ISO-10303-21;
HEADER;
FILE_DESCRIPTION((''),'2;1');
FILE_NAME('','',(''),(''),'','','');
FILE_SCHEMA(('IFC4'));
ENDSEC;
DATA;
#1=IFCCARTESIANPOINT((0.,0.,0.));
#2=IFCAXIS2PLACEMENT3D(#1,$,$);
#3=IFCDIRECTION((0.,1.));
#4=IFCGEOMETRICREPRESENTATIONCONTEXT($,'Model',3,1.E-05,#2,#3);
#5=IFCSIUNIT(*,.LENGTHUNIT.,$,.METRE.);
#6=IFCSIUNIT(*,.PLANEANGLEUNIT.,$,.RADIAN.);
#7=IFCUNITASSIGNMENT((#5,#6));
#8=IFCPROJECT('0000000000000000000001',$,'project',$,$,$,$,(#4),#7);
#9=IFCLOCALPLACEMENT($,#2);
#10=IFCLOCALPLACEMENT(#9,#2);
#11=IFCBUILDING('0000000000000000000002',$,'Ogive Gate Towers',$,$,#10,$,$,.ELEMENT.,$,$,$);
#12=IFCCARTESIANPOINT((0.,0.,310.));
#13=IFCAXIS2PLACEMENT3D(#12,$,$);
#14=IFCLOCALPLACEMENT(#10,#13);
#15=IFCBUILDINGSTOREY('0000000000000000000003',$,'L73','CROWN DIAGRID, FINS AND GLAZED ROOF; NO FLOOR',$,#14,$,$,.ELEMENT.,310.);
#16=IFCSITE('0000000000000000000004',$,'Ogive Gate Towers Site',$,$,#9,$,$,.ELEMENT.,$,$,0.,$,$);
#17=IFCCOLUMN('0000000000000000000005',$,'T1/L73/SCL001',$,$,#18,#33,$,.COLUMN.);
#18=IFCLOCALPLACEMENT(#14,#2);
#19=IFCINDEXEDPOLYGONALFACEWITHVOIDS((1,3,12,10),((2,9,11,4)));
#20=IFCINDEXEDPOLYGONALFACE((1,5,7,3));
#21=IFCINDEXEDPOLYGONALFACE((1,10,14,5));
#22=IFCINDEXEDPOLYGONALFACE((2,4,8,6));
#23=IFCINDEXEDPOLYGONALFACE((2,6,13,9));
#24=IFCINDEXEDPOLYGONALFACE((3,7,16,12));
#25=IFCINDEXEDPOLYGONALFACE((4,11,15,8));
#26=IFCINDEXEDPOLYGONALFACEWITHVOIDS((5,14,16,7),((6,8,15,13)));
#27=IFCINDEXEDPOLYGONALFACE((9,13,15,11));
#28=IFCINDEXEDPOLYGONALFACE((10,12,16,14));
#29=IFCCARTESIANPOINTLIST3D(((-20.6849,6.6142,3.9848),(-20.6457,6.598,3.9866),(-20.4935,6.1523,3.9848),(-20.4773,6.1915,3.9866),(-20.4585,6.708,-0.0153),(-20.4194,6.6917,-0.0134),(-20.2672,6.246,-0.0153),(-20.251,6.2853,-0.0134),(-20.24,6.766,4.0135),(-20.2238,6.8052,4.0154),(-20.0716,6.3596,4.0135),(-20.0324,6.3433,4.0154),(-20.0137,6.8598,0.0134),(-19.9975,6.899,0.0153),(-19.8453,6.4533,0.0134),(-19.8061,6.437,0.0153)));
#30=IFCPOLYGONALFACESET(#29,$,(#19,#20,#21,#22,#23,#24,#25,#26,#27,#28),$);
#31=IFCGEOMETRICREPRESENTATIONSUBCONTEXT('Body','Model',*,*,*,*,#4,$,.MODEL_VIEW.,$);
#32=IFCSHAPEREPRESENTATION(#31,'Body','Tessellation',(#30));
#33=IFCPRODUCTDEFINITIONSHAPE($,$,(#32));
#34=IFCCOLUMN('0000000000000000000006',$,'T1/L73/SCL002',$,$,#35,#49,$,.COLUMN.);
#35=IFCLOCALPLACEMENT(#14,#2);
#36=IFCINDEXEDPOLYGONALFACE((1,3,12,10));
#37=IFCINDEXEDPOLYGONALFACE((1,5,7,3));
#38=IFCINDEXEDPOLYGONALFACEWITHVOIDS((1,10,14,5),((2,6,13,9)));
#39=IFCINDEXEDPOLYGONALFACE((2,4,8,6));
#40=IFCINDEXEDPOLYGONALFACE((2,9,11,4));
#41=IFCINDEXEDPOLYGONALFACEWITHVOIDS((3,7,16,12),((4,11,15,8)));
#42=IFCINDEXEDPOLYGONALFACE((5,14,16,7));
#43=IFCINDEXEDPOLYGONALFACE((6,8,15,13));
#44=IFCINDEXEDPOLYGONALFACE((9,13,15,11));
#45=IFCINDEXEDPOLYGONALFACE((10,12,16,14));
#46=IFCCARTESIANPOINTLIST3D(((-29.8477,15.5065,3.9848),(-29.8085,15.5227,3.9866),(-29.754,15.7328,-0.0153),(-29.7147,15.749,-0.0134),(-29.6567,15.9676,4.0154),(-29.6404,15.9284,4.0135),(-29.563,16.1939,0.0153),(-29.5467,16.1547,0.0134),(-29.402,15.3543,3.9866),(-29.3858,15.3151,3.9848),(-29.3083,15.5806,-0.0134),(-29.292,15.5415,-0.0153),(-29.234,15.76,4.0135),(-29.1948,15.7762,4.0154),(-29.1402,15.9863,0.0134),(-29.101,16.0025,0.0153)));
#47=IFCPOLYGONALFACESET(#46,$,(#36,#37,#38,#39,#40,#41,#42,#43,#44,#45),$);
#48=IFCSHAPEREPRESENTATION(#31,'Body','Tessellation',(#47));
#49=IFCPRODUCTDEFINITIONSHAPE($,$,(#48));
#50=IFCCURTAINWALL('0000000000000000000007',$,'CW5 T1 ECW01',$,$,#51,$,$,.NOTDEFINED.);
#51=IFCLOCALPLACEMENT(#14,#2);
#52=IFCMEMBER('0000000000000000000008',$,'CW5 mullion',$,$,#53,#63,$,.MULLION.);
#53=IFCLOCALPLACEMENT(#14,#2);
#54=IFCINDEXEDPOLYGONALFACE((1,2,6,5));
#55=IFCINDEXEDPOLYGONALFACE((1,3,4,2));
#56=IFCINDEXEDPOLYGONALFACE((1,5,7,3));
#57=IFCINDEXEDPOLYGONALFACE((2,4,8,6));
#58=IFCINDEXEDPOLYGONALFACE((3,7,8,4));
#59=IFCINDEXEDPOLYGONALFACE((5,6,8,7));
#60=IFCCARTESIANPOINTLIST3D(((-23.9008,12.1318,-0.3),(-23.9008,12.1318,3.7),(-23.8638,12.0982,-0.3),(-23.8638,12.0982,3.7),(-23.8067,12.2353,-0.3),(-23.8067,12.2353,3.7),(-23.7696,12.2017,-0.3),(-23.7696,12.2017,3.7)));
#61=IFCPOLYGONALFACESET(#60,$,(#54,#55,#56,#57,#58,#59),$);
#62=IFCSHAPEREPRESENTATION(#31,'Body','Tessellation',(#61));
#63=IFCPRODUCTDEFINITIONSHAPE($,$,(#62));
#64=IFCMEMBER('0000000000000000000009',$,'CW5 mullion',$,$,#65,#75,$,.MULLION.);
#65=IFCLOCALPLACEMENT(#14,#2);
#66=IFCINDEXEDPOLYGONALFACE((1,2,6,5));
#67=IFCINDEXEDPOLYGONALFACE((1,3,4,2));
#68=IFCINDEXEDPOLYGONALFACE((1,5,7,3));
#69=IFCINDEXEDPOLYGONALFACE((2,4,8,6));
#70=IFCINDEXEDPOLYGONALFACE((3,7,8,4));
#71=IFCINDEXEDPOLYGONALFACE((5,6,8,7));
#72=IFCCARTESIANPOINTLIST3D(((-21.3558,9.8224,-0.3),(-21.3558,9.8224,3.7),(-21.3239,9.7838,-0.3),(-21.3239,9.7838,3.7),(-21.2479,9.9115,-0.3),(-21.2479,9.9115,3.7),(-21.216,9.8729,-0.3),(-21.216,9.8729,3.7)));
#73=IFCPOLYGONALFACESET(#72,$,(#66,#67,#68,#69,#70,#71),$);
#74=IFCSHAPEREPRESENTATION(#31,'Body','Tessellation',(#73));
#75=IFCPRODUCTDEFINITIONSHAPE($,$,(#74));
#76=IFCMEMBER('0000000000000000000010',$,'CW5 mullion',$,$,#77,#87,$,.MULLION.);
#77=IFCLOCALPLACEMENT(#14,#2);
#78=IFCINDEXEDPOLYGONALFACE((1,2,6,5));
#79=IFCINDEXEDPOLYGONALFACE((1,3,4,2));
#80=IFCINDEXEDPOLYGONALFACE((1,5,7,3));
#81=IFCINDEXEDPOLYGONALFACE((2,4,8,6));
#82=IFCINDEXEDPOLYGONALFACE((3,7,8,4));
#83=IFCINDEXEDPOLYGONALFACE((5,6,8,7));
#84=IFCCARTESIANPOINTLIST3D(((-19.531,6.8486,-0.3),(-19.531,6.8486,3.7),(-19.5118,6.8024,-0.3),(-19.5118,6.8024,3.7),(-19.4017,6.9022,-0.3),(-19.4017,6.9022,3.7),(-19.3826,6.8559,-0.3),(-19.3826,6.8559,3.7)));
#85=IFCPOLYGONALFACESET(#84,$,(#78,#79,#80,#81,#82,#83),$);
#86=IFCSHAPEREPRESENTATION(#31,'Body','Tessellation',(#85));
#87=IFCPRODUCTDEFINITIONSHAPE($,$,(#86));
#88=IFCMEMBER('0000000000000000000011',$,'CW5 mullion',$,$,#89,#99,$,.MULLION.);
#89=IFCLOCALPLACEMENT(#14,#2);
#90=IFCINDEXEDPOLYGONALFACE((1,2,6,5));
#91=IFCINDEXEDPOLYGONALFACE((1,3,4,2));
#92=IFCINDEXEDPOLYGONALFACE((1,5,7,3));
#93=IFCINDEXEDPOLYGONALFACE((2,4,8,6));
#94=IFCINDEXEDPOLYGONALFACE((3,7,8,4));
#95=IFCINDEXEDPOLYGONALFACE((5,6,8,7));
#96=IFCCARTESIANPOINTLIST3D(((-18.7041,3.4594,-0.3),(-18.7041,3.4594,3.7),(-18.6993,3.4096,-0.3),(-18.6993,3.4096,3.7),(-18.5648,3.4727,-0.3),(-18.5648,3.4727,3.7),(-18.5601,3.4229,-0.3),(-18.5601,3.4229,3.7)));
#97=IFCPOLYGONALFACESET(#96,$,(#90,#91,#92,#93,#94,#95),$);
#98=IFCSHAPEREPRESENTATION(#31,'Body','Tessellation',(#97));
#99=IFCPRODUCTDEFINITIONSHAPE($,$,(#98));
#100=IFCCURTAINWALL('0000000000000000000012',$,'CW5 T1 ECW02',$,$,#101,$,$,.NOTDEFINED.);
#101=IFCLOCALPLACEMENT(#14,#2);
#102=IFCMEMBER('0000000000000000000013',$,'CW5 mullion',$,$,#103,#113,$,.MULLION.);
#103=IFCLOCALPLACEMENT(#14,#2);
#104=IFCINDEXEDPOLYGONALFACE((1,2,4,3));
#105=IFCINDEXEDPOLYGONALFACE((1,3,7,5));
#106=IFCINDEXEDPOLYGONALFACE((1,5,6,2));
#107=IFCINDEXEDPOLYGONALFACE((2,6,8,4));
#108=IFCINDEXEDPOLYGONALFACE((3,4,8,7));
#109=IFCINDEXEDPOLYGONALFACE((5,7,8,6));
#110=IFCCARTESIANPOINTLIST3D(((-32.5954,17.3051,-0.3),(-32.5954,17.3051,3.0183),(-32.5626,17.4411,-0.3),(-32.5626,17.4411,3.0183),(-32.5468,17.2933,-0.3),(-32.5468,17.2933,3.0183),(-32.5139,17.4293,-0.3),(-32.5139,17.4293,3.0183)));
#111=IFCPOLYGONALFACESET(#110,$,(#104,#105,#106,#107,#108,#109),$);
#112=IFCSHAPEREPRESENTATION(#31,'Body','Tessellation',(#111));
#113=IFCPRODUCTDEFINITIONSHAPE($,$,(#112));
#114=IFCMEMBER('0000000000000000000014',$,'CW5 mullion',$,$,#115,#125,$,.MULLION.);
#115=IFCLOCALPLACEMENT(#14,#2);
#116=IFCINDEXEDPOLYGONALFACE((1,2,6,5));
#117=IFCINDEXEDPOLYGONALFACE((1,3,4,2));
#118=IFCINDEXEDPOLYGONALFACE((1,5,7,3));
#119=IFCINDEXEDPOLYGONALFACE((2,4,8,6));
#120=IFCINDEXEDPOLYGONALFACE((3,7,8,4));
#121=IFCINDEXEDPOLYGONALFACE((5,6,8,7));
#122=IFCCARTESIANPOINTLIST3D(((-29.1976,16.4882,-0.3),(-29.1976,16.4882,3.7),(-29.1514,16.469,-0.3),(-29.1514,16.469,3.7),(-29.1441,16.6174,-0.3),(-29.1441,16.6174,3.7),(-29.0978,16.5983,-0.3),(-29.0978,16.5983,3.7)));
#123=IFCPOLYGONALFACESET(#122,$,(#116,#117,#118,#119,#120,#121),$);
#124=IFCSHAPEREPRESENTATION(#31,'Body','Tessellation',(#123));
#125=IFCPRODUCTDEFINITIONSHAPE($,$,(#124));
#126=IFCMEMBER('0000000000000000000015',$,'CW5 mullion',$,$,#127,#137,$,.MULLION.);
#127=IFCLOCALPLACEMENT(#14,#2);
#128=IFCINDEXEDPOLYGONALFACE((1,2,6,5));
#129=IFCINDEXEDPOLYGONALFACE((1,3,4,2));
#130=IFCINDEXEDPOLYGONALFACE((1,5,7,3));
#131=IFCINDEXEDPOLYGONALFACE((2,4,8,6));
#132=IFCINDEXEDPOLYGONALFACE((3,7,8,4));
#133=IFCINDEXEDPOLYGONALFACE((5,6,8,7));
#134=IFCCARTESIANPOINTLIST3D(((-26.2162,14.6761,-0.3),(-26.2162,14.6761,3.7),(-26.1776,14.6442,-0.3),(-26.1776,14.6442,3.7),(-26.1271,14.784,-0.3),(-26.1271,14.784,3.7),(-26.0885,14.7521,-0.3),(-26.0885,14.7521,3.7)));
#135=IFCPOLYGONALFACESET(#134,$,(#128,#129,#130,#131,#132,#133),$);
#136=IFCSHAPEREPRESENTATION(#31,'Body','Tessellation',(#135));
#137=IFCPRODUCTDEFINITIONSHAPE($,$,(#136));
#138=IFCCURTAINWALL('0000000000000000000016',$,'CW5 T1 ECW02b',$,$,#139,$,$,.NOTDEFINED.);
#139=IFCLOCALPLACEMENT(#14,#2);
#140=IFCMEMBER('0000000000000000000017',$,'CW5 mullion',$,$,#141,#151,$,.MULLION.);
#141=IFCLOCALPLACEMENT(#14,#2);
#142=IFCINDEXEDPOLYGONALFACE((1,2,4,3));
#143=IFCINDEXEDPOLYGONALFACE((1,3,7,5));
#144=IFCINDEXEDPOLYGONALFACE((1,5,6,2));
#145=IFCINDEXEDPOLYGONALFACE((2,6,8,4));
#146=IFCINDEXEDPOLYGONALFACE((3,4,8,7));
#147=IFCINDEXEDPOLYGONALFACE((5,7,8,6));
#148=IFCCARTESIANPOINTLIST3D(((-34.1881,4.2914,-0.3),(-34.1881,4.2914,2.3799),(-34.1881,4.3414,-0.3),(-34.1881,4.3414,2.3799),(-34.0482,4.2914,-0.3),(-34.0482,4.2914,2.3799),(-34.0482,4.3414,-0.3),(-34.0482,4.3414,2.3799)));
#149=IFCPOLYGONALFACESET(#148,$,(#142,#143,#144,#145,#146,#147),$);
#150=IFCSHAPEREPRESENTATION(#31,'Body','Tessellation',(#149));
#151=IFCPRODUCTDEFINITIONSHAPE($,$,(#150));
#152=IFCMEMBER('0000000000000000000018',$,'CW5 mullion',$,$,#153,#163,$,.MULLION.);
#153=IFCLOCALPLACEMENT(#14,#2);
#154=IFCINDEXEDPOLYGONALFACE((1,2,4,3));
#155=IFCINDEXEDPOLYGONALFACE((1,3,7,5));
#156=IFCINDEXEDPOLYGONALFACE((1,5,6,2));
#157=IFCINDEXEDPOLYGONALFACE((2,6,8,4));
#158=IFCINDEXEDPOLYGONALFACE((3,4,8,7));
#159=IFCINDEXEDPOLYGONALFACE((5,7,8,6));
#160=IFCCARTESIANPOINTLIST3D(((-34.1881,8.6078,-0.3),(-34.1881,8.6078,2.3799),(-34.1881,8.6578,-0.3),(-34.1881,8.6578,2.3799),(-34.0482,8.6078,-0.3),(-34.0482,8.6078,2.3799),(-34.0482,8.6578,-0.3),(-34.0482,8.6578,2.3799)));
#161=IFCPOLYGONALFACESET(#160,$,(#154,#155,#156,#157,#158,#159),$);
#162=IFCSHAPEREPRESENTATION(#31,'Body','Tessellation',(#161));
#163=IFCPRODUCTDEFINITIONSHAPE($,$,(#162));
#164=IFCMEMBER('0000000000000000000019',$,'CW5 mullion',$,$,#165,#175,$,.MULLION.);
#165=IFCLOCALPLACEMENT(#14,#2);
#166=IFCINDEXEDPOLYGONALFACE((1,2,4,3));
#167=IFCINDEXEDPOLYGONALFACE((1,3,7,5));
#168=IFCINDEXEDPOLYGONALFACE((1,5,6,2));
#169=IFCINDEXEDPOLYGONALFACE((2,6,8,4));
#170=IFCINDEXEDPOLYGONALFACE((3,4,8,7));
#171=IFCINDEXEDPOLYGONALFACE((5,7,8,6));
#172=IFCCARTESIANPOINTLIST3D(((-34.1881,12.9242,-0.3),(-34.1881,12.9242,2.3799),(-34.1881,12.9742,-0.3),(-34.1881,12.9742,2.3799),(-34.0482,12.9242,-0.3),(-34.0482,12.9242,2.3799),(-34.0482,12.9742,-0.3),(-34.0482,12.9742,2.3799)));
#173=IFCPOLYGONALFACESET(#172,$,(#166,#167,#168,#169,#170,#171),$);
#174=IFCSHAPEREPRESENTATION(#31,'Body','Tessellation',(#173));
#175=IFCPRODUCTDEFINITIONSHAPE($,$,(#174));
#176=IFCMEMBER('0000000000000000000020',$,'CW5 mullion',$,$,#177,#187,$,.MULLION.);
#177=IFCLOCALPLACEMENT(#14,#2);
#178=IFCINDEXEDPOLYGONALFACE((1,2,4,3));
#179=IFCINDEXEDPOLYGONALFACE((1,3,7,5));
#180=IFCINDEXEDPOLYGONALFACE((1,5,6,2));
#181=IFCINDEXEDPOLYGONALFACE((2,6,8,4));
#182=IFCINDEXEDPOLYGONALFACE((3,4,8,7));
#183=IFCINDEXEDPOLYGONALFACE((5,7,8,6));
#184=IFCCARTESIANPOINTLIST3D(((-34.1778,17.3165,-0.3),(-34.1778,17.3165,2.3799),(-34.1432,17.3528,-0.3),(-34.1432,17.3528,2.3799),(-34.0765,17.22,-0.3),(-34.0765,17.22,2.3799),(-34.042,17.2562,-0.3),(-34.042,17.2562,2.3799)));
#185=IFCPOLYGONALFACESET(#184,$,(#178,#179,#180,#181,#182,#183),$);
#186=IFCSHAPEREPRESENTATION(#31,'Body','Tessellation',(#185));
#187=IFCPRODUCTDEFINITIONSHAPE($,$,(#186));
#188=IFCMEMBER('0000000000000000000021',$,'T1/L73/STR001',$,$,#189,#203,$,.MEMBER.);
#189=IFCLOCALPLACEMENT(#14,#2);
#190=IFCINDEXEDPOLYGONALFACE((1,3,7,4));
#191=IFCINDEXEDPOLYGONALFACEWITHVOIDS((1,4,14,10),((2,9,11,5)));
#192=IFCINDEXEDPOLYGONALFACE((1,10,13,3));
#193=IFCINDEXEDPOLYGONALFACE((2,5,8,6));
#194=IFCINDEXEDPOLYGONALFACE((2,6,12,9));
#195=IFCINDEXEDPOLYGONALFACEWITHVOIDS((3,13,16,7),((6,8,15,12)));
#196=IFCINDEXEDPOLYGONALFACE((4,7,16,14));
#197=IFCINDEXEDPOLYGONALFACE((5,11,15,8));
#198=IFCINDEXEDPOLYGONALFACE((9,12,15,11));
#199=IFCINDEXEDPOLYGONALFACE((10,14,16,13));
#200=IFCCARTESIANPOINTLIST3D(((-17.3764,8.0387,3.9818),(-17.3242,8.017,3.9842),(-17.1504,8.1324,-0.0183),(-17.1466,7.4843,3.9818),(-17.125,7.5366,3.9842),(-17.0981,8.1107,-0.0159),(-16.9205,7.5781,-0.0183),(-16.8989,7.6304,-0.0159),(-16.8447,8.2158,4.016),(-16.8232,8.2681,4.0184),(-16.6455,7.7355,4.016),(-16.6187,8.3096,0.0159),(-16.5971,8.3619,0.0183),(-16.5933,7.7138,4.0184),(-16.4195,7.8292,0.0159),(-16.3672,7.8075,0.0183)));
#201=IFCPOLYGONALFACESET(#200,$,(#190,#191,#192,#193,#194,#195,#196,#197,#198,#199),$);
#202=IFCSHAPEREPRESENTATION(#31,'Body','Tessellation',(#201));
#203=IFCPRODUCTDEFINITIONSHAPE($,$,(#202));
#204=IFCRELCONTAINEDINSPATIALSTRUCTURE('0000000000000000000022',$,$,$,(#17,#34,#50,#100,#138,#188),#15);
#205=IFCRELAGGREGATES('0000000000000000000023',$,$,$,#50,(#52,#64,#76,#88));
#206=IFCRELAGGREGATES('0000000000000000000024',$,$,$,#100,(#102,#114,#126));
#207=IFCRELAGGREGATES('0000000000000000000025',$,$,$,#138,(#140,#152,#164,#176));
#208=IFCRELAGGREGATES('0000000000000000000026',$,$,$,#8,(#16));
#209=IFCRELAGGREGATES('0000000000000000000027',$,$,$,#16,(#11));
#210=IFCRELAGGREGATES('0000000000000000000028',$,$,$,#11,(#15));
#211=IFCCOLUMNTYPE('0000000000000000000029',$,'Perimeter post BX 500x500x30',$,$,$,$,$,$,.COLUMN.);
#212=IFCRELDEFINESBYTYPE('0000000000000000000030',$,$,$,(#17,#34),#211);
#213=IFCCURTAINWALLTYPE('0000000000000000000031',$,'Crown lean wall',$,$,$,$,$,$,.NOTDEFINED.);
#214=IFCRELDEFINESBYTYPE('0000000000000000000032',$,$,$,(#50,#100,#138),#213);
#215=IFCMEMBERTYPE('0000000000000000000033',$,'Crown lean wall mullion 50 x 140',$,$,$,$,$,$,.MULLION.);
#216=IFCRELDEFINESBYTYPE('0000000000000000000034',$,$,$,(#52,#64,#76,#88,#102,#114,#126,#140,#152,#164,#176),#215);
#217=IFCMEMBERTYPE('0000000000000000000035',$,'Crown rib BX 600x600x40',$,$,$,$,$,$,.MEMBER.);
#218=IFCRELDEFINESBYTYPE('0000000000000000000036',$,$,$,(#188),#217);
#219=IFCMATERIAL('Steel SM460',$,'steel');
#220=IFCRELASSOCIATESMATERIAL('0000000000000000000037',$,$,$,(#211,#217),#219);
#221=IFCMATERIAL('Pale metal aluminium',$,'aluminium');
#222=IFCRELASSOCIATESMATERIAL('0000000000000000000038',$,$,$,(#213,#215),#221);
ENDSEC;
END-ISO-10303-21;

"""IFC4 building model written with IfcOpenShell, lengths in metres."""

from ifc_helpers import new_model, si_unit, direction, frame, origin, origin_2d, place, context, subcontext, project, spatial, rectangle, hollow_rectangle, extrude, material, material_profile, profile_set, type_object, element, aggregate, save


model = new_model("IFC4")

# Units and contexts
model_context = context("Model", 3, precision=1e-05, world=origin(), true_north=direction((0.0, 1.0)))
body_context = subcontext(model_context, "Body", "Model", "MODEL_VIEW")
ifc_project = project(units=[si_unit("LENGTHUNIT", "METRE"), si_unit("PLANEANGLEUNIT", "RADIAN")], contexts=[model_context])

# Site, building, storey
site_placement = place(None, origin())
site = spatial("IfcSite", under=ifc_project, at=site_placement, Name="Ogive Gate Towers Site", CompositionType="ELEMENT", RefElevation=0.0)
building_placement = place(site_placement, origin())
building = spatial("IfcBuilding", under=site, at=building_placement, Name="Ogive Gate Towers", CompositionType="ELEMENT")
storey_placement = place(building_placement, frame((0.0, 0.0, 310.0)))
storey = spatial("IfcBuildingStorey", under=building, at=storey_placement, Name="L73", Description="CROWN DIAGRID, FINS AND GLAZED ROOF; NO FLOOR", CompositionType="ELEMENT", Elevation=310.0)

# Columns
ifc_material_1 = material(Name="Steel SM460", Category="steel")
ifc_material_profile_1 = material_profile(ifc_material_1, hollow_rectangle(XDim=0.5, YDim=0.5, WallThickness=0.03, at=origin_2d()), Name="BX 500x500x30")
ifc_profile_set_1 = profile_set([ifc_material_profile_1], Name="Steel SM460")
column_type = type_object("IfcColumnType", Name="Perimeter post BX 500x500x30", PredefinedType="COLUMN", material=ifc_profile_set_1)
for number, where, z_axis, x_axis, name in (
    (1, (-20.1323, 6.5725, 0.0), (-0.056474, -0.023394, 0.99813), (0.382704, -0.923871, 0.0), "T1/L73/SCL001"),
    (2, (-29.4275, 15.8677, 0.0), (-0.023394, -0.056474, 0.99813), (0.923871, -0.382704, 0.0), "T1/L73/SCL002"),
):
    element("IfcColumn", number, at=place(storey_placement, frame(where, z_axis=z_axis, x_axis=x_axis)), inside=storey, type_object=column_type, Name=name, PredefinedType="COLUMN", context=body_context, shape_type="SweptSolid", body=[
        extrude(hollow_rectangle(XDim=0.5, YDim=0.5, WallThickness=0.03, at=origin_2d()), origin(), (0.0, 0.0, 1.0), 4.0076),
    ])

# Curtain walls, members
ifc_material_2 = material(Name="Pale metal aluminium", Category="aluminium")
curtain_wall_type = type_object("IfcCurtainWallType", Name="Crown lean wall", PredefinedType="NOTDEFINED", material=ifc_material_2)
curtain_wall_1_placement = place(storey_placement, origin())
curtain_wall_1 = element("IfcCurtainWall", 3, at=curtain_wall_1_placement, inside=storey, type_object=curtain_wall_type, Name="CW5 T1 ECW01", PredefinedType="NOTDEFINED")
ifc_material_profile_2 = material_profile(ifc_material_2, rectangle(XDim=0.1399, YDim=0.05, at=origin_2d()), Name="50 x 140 aluminium box")
ifc_profile_set_2 = profile_set([ifc_material_profile_2], Name="Pale metal aluminium")
member_type_1 = type_object("IfcMemberType", Name="Crown lean wall mullion 50 x 140", PredefinedType="MULLION", material=ifc_profile_set_2)
member_1_placement = place(storey_placement, frame((-23.8352, 12.1667, -0.3), z_axis=(0.0, 0.0, 1.0), x_axis=(-0.672858, -0.739772, 0.0)))
member_1 = element("IfcMember", 4, at=member_1_placement, type_object=member_type_1, Name="CW5 mullion", PredefinedType="MULLION", context=body_context, shape_type="SweptSolid", body=[
    extrude(rectangle(XDim=0.1399, YDim=0.05, at=origin_2d()), origin(), (0.0, 0.0, 1.0), 4.0),
])
member_2_placement = place(storey_placement, frame((-21.2859, 9.8477, -0.3), z_axis=(0.0, 0.0, 1.0), x_axis=(-0.770936, -0.636913, 0.0)))
member_2 = element("IfcMember", 5, at=member_2_placement, type_object=member_type_1, Name="CW5 mullion", PredefinedType="MULLION", context=body_context, shape_type="SweptSolid", body=[
    extrude(rectangle(XDim=0.1399, YDim=0.05, at=origin_2d()), origin(), (0.0, 0.0, 1.0), 4.0),
])
member_3_placement = place(storey_placement, frame((-19.4568, 6.8523, -0.3), z_axis=(0.0, 0.0, 1.0), x_axis=(-0.92388, -0.382683, 0.0)))
member_3 = element("IfcMember", 6, at=member_3_placement, type_object=member_type_1, Name="CW5 mullion", PredefinedType="MULLION", context=body_context, shape_type="SweptSolid", body=[
    extrude(rectangle(XDim=0.1399, YDim=0.05, at=origin_2d()), origin(), (0.0, 0.0, 1.0), 4.0),
])
member_4_placement = place(storey_placement, frame((-18.6321, 3.4412, -0.3), z_axis=(0.0, 0.0, 1.0), x_axis=(-0.995499, -0.094769, 0.0)))
member_4 = element("IfcMember", 7, at=member_4_placement, type_object=member_type_1, Name="CW5 mullion", PredefinedType="MULLION", context=body_context, shape_type="SweptSolid", body=[
    extrude(rectangle(XDim=0.1399, YDim=0.05, at=origin_2d()), origin(), (0.0, 0.0, 1.0), 4.0),
])
curtain_wall_2_placement = place(storey_placement, origin())
curtain_wall_2 = element("IfcCurtainWall", 8, at=curtain_wall_2_placement, inside=storey, type_object=curtain_wall_type, Name="CW5 T1 ECW02", PredefinedType="NOTDEFINED")
member_5_placement = place(storey_placement, frame((-32.5547, 17.3672, -0.3), z_axis=(0.0, 0.0, 1.0), x_axis=(-0.234939, -0.97201, 0.0)))
member_5 = element("IfcMember", 9, at=member_5_placement, type_object=member_type_1, Name="CW5 mullion", PredefinedType="MULLION", context=body_context, shape_type="SweptSolid", body=[
    extrude(rectangle(XDim=0.1399, YDim=0.05, at=origin_2d()), origin(), (0.0, 0.0, 1.0), 3.3184),
])
member_6_placement = place(storey_placement, frame((-29.1477, 16.5432, -0.3), z_axis=(0.0, 0.0, 1.0), x_axis=(-0.382683, -0.92388, 0.0)))
member_6 = element("IfcMember", 10, at=member_6_placement, type_object=member_type_1, Name="CW5 mullion", PredefinedType="MULLION", context=body_context, shape_type="SweptSolid", body=[
    extrude(rectangle(XDim=0.1399, YDim=0.05, at=origin_2d()), origin(), (0.0, 0.0, 1.0), 4.0),
])
member_7_placement = place(storey_placement, frame((-26.1523, 14.7141, -0.3), z_axis=(0.0, 0.0, 1.0), x_axis=(-0.636913, -0.770936, 0.0)))
member_7 = element("IfcMember", 11, at=member_7_placement, type_object=member_type_1, Name="CW5 mullion", PredefinedType="MULLION", context=body_context, shape_type="SweptSolid", body=[
    extrude(rectangle(XDim=0.1399, YDim=0.05, at=origin_2d()), origin(), (0.0, 0.0, 1.0), 4.0),
])
curtain_wall_3_placement = place(storey_placement, origin())
curtain_wall_3 = element("IfcCurtainWall", 12, at=curtain_wall_3_placement, inside=storey, type_object=curtain_wall_type, Name="CW5 T1 ECW02b", PredefinedType="NOTDEFINED")
member_8_placement = place(storey_placement, frame((-34.1182, 4.3164, -0.3), z_axis=(0.0, 0.0, 1.0), x_axis=(1.0, 0.0, 0.0)))
member_8 = element("IfcMember", 13, at=member_8_placement, type_object=member_type_1, Name="CW5 mullion", PredefinedType="MULLION", context=body_context, shape_type="SweptSolid", body=[
    extrude(rectangle(XDim=0.1399, YDim=0.05, at=origin_2d()), origin(), (0.0, 0.0, 1.0), 2.6799),
])
member_9_placement = place(storey_placement, frame((-34.1182, 8.6328, -0.3), z_axis=(0.0, 0.0, 1.0), x_axis=(1.0, 0.0, 0.0)))
member_9 = element("IfcMember", 14, at=member_9_placement, type_object=member_type_1, Name="CW5 mullion", PredefinedType="MULLION", context=body_context, shape_type="SweptSolid", body=[
    extrude(rectangle(XDim=0.1399, YDim=0.05, at=origin_2d()), origin(), (0.0, 0.0, 1.0), 2.6799),
])
member_10_placement = place(storey_placement, frame((-34.1182, 12.9492, -0.3), z_axis=(0.0, 0.0, 1.0), x_axis=(1.0, 0.0, 0.0)))
member_10 = element("IfcMember", 15, at=member_10_placement, type_object=member_type_1, Name="CW5 mullion", PredefinedType="MULLION", context=body_context, shape_type="SweptSolid", body=[
    extrude(rectangle(XDim=0.1399, YDim=0.05, at=origin_2d()), origin(), (0.0, 0.0, 1.0), 2.6799),
])
member_11_placement = place(storey_placement, frame((-34.1099, 17.2864, -0.3), z_axis=(0.0, 0.0, 1.0), x_axis=(0.723642, -0.690175, 0.0)))
member_11 = element("IfcMember", 16, at=member_11_placement, type_object=member_type_1, Name="CW5 mullion", PredefinedType="MULLION", context=body_context, shape_type="SweptSolid", body=[
    extrude(rectangle(XDim=0.1399, YDim=0.05, at=origin_2d()), origin(), (0.0, 0.0, 1.0), 2.6799),
])

# Member
ifc_material_profile_3 = material_profile(ifc_material_1, hollow_rectangle(XDim=0.6001, YDim=0.6001, WallThickness=0.04, at=origin_2d()), Name="BX 600x600x40")
ifc_profile_set_3 = profile_set([ifc_material_profile_3], Name="Steel SM460")
member_type_2 = type_object("IfcMemberType", Name="Crown rib BX 600x600x40", PredefinedType="MEMBER", material=ifc_profile_set_3)
for number, where, z_axis, x_axis, name in (
    (17, (-16.7588, 7.97, 0.0), (-0.056413, -0.023394, 0.998133), (0.383057, -0.923725, 0.0), "T1/L73/STR001"),
):
    element("IfcMember", number, at=place(storey_placement, frame(where, z_axis=z_axis, x_axis=x_axis)), inside=storey, type_object=member_type_2, Name=name, PredefinedType="MEMBER", context=body_context, shape_type="SweptSolid", body=[
        extrude(hollow_rectangle(XDim=0.6001, YDim=0.6001, WallThickness=0.04, at=origin_2d()), origin(), (0.0, 0.0, 1.0), 4.0076),
    ])

aggregate(curtain_wall_1, [member_1, member_2, member_3, member_4])
aggregate(curtain_wall_2, [member_5, member_6, member_7])
aggregate(curtain_wall_3, [member_8, member_9, member_10, member_11])

save(model, "model.ifc")
